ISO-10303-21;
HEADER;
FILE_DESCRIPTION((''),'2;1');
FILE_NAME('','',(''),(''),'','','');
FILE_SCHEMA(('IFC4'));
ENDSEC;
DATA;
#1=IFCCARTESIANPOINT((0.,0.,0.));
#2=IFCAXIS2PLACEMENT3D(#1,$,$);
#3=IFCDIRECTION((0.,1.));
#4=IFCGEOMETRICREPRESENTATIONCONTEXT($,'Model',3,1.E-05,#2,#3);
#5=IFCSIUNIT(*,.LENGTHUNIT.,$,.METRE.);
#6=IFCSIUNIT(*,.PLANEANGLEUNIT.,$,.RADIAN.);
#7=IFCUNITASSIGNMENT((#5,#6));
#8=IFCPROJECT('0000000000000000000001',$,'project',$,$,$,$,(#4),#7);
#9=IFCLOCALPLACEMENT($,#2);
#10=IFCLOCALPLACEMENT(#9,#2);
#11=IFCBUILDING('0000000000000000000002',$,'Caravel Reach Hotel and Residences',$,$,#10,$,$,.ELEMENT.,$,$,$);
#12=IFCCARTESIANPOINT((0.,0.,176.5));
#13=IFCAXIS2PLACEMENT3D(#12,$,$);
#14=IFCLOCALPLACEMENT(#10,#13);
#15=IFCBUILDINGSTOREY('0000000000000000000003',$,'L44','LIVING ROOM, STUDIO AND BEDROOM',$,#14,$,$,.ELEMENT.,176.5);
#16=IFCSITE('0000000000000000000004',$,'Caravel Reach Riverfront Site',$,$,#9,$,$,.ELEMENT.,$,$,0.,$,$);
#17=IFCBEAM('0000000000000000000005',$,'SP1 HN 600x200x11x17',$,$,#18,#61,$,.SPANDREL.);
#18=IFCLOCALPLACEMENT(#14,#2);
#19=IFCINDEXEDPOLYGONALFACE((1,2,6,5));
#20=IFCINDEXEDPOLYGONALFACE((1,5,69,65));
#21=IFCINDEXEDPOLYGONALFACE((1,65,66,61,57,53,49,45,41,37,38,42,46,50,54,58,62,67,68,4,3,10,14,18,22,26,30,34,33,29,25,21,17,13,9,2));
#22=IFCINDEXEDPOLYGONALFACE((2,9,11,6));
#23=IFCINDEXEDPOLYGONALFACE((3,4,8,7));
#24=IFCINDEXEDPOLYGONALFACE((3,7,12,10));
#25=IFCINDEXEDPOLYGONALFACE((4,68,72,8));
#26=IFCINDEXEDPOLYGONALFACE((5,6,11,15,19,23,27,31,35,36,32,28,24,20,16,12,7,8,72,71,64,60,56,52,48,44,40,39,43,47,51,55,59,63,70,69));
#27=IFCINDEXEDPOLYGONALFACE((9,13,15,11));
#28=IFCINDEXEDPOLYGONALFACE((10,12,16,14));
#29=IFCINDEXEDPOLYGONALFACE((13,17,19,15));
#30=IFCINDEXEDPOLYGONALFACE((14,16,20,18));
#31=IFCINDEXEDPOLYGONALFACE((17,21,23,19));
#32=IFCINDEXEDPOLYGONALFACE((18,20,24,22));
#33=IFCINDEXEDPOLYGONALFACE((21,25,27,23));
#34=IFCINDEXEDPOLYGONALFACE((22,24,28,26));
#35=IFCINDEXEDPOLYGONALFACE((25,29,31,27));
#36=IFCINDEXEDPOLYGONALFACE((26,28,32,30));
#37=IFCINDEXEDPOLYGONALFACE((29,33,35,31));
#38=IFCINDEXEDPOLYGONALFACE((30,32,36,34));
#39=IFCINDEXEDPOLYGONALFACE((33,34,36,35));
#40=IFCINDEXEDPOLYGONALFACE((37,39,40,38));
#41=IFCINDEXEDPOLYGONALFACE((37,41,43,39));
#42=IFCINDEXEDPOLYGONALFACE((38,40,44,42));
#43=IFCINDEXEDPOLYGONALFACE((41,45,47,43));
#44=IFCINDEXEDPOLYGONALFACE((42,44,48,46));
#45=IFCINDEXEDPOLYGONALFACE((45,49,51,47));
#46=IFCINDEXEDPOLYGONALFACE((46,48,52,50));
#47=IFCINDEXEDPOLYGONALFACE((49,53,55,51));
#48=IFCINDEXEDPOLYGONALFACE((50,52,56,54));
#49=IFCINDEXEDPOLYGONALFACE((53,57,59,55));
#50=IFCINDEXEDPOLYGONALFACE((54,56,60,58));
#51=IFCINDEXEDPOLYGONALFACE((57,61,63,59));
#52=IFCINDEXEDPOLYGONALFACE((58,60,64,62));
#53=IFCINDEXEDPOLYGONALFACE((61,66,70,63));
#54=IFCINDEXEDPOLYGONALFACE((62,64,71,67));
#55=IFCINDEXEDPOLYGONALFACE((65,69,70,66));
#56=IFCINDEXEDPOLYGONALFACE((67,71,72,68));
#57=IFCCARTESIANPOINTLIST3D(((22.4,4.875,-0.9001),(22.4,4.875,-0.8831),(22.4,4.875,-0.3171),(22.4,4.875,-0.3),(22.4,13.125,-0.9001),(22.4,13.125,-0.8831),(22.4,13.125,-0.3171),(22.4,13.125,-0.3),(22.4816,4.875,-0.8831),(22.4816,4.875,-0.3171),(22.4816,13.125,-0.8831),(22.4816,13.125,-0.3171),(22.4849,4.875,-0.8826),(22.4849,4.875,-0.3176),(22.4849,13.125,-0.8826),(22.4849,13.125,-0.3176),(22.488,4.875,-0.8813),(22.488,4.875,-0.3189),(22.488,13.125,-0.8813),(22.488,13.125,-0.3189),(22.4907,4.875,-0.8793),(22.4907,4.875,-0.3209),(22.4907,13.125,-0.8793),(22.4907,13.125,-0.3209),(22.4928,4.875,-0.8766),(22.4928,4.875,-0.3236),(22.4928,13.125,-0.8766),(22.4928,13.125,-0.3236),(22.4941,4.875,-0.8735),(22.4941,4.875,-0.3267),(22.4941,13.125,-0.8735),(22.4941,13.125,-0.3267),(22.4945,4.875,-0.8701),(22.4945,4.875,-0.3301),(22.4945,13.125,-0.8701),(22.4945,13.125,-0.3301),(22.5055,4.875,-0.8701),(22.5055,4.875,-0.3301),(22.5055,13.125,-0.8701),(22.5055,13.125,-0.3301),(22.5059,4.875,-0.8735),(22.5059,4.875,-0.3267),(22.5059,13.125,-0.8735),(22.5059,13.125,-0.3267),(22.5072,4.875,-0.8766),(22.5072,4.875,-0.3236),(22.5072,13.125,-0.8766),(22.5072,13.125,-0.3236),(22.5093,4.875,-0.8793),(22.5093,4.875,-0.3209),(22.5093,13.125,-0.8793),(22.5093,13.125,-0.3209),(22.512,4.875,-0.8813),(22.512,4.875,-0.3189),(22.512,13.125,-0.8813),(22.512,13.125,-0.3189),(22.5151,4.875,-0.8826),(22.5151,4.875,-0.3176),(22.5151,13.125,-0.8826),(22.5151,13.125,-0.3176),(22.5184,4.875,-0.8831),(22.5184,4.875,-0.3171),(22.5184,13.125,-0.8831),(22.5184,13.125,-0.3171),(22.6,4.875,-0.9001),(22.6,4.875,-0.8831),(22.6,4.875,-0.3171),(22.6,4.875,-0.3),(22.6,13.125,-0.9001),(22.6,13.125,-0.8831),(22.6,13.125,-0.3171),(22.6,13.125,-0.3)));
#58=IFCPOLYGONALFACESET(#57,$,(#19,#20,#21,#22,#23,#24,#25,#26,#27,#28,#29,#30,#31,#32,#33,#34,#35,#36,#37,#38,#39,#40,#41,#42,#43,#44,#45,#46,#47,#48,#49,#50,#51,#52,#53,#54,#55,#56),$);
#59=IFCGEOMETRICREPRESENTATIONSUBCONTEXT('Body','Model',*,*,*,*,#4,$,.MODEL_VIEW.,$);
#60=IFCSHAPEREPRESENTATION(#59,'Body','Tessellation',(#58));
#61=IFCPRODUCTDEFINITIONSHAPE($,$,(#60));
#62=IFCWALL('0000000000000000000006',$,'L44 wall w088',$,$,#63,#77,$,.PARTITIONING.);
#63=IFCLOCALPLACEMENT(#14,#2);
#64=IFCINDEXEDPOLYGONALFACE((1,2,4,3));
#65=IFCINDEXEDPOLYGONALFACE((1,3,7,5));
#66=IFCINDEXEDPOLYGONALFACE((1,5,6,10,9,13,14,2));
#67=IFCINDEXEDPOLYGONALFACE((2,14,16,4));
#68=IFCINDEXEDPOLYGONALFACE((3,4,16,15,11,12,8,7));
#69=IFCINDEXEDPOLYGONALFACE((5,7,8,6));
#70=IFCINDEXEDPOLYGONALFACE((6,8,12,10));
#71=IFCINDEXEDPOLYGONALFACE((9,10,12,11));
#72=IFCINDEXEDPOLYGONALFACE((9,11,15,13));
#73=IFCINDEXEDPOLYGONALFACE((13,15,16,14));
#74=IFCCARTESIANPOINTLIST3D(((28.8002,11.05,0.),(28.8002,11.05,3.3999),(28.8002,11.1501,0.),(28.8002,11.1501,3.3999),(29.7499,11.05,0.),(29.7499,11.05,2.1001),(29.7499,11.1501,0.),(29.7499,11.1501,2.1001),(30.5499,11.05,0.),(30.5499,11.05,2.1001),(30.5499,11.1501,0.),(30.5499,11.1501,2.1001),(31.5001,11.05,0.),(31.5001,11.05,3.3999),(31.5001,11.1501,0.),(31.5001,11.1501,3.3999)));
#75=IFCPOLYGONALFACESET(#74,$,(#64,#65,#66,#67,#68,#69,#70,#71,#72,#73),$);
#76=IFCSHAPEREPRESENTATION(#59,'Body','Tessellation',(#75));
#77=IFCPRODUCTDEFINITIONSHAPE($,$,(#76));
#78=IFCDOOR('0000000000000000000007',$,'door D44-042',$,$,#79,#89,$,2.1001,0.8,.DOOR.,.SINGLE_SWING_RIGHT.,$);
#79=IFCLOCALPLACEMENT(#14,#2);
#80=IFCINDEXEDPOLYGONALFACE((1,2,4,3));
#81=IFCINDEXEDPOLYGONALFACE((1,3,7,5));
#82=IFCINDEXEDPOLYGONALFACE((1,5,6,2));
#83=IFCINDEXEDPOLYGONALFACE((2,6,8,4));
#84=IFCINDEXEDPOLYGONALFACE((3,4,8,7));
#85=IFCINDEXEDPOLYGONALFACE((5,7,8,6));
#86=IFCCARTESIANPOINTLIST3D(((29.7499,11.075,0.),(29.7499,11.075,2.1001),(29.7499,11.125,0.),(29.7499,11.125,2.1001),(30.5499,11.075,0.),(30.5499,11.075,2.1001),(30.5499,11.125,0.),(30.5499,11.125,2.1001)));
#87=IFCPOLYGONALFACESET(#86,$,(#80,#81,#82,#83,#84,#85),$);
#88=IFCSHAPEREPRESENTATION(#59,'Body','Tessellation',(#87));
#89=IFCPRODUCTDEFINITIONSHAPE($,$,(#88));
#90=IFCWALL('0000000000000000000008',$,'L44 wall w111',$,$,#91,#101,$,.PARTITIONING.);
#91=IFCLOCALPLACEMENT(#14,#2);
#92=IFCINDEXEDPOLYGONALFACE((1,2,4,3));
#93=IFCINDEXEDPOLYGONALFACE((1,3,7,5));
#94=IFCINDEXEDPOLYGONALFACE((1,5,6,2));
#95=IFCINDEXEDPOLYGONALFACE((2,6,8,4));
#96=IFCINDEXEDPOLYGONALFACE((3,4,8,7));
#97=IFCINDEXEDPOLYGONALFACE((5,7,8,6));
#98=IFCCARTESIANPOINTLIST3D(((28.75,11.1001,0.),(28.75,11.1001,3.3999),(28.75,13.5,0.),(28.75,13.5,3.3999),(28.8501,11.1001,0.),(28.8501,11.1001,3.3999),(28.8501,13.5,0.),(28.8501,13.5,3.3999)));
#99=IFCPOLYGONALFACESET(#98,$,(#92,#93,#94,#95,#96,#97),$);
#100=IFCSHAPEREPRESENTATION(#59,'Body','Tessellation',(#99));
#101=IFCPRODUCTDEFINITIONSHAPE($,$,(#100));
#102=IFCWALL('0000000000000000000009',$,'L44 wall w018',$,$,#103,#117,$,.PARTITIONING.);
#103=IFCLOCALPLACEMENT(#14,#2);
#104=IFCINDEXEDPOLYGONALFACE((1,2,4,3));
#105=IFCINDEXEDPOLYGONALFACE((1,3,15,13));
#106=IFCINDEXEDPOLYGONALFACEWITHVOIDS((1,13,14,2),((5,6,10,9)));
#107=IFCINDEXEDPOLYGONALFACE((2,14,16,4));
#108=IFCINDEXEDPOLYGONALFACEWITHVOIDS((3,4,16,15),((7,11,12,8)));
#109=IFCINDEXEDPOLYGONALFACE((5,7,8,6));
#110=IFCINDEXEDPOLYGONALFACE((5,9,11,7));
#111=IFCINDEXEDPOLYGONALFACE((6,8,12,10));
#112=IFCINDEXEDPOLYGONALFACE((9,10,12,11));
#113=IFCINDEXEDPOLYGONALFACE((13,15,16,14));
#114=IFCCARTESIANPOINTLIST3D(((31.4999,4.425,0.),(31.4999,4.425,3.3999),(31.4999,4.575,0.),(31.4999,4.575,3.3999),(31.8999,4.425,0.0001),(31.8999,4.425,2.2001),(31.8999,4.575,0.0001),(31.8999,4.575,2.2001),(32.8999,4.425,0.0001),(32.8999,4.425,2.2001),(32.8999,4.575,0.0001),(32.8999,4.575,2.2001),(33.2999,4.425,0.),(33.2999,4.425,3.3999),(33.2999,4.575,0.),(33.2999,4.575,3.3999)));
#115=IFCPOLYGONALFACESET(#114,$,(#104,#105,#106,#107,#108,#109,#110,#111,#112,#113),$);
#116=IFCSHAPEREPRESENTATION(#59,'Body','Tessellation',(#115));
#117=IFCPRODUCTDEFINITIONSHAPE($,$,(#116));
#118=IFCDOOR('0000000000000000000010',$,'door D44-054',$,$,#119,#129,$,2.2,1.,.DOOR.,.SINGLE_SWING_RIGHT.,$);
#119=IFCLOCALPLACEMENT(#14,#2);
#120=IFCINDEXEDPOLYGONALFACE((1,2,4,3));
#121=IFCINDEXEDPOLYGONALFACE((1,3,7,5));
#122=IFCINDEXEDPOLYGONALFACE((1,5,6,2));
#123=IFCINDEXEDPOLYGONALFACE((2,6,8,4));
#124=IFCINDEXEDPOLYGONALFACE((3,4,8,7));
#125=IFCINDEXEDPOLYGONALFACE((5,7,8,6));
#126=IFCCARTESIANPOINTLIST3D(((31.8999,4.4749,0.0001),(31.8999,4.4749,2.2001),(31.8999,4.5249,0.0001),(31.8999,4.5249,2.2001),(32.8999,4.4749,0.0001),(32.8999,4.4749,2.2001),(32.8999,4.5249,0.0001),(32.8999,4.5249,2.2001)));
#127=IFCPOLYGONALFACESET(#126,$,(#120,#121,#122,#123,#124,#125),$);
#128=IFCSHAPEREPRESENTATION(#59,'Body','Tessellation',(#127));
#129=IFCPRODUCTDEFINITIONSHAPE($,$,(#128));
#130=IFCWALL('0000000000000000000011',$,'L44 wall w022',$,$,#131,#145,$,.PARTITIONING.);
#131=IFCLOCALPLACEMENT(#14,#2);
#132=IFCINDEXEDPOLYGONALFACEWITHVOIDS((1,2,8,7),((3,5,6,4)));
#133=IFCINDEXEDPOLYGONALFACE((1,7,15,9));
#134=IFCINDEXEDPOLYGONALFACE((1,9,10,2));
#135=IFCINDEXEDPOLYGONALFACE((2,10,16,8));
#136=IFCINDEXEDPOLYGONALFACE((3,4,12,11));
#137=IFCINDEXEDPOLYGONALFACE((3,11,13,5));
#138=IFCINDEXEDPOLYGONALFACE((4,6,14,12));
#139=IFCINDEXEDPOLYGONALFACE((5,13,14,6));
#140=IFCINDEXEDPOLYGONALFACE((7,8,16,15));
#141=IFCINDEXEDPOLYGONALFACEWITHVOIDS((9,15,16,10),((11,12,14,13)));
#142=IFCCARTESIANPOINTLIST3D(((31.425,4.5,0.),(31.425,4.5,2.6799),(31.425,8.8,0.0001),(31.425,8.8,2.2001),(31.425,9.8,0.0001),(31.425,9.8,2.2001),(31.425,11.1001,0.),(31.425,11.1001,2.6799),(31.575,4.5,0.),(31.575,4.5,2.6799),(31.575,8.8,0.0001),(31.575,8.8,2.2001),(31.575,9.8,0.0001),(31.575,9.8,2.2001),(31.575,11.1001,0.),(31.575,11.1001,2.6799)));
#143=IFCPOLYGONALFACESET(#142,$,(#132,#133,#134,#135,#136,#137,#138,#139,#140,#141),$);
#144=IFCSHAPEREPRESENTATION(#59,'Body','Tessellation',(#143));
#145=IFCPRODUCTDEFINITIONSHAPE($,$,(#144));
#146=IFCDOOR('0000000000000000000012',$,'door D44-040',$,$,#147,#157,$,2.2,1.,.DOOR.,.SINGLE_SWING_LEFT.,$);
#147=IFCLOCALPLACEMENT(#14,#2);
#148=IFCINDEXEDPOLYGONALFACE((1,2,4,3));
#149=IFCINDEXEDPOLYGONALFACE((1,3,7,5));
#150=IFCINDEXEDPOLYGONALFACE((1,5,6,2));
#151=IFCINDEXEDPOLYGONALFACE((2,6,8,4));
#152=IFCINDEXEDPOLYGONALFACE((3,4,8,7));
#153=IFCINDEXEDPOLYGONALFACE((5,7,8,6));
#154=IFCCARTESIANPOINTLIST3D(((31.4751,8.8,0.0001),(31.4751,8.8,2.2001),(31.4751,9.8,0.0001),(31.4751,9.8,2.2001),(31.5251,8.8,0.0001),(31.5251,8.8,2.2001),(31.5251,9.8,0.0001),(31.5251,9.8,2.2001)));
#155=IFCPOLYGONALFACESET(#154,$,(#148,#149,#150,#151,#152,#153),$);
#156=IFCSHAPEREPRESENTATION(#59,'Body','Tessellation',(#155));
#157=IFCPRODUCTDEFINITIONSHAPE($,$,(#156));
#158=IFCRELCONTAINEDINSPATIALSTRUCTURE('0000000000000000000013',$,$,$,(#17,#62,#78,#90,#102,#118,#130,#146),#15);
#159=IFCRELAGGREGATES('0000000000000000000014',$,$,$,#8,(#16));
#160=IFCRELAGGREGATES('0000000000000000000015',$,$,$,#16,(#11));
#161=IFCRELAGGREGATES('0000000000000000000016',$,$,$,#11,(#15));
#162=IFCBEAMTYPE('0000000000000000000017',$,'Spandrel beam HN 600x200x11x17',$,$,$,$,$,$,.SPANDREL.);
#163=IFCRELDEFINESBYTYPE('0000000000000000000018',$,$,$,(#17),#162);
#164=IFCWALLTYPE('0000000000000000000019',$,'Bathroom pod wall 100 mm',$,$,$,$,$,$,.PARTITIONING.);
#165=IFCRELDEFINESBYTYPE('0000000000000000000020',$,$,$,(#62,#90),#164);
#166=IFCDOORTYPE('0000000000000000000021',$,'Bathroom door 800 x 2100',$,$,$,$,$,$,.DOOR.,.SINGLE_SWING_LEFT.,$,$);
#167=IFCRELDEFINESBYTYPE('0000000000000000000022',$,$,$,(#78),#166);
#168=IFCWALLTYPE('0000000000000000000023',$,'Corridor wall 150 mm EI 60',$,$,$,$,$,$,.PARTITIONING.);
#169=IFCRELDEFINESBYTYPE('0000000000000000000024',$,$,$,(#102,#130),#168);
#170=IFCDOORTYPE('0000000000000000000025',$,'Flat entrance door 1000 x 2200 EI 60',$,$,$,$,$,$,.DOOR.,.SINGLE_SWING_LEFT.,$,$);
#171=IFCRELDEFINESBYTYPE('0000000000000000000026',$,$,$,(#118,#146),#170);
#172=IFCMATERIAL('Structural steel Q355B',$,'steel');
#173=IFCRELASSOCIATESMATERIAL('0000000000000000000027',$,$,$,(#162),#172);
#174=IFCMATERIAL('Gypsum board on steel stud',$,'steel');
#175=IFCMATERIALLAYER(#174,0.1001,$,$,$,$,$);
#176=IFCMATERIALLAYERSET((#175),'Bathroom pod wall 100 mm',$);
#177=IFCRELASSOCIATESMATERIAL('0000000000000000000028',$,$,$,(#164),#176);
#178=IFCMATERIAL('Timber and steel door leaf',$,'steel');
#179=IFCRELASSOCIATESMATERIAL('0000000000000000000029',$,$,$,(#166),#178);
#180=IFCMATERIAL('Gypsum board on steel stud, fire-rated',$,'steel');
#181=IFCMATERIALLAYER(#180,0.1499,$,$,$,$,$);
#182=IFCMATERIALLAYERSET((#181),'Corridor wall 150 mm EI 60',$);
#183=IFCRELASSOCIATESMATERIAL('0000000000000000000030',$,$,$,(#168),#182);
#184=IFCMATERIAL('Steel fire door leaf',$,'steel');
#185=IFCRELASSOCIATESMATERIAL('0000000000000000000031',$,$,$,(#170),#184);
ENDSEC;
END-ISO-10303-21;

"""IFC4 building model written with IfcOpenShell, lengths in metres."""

from ifc_helpers import new_model, si_unit, direction, frame, frame_2d, origin, origin_2d, place, context, subcontext, project, spatial, rectangle, i_section, extrude, material, layer, layer_set, material_profile, profile_set, type_object, element, fill, save


model = new_model("IFC4")

# Units and contexts
model_context = context("Model", 3, precision=1e-05, world=origin(), true_north=direction((0.0, 1.0)))
body_context = subcontext(model_context, "Body", "Model", "MODEL_VIEW")
ifc_project = project(units=[si_unit("LENGTHUNIT", "METRE"), si_unit("PLANEANGLEUNIT", "RADIAN")], contexts=[model_context])

# Site, building, storey
site_placement = place(None, origin())
site = spatial("IfcSite", under=ifc_project, at=site_placement, Name="Caravel Reach Riverfront Site", CompositionType="ELEMENT", RefElevation=0.0)
building_placement = place(site_placement, origin())
building = spatial("IfcBuilding", under=site, at=building_placement, Name="Caravel Reach Hotel and Residences", CompositionType="ELEMENT")
storey_placement = place(building_placement, frame((0.0, 0.0, 176.5)))
storey = spatial("IfcBuildingStorey", under=building, at=storey_placement, Name="L44", Description="LIVING ROOM, STUDIO AND BEDROOM", CompositionType="ELEMENT", Elevation=176.5)

# Beam
ifc_material_1 = material(Name="Structural steel Q355B", Category="steel")
ifc_material_profile = material_profile(ifc_material_1, i_section(OverallWidth=0.2, OverallDepth=0.6001, WebThickness=0.011, FlangeThickness=0.0171, FilletRadius=0.0129, at=origin_2d()), Name="HN 600x200x11x17")
ifc_profile_set = profile_set([ifc_material_profile], Name="Structural steel Q355B")
beam_type = type_object("IfcBeamType", Name="Spandrel beam HN 600x200x11x17", PredefinedType="SPANDREL", material=ifc_profile_set)
beam_placement = place(storey_placement, frame((22.5, 13.125, -0.6001), z_axis=(0.0, -1.0, 0.0), x_axis=(1.0, 0.0, 0.0)))
element("IfcBeam", 1, at=beam_placement, inside=storey, type_object=beam_type, Name="SP1 HN 600x200x11x17", PredefinedType="SPANDREL", context=body_context, shape_type="SweptSolid", body=[
    extrude(i_section(OverallWidth=0.2, OverallDepth=0.6001, WebThickness=0.011, FlangeThickness=0.0171, FilletRadius=0.0129, at=origin_2d()), origin(), (0.0, 0.0, 1.0), 8.25),
])

# Wall, opening, door
ifc_material_2 = material(Name="Gypsum board on steel stud", Category="steel")
ifc_layer_1 = layer(ifc_material_2, 0.1001)
ifc_layer_set_1 = layer_set([ifc_layer_1], Name="Bathroom pod wall 100 mm")
wall_type_1 = type_object("IfcWallType", Name="Bathroom pod wall 100 mm", PredefinedType="PARTITIONING", material=ifc_layer_set_1)
wall_1_placement = place(storey_placement, frame((28.8, 11.1001, 0.0), z_axis=(0.0, 0.0, 1.0), x_axis=(1.0, 0.0, 0.0)))
wall_1 = element("IfcWall", 2, at=wall_1_placement, inside=storey, type_object=wall_type_1, Name="L44 wall w088", PredefinedType="PARTITIONING", context=body_context, shape_type="SweptSolid", body=[
    extrude(rectangle(XDim=2.7, YDim=0.1001, at=frame_2d((1.3501, 0.0))), origin(), (0.0, 0.0, 1.0), 3.3999),
])
opening_1_placement = place(wall_1_placement, frame((0.95, 0.0, 0.0)))
opening_1 = element("IfcOpeningElement", 3, at=opening_1_placement, cuts=wall_1, PredefinedType="OPENING", context=body_context, shape_type="SweptSolid", body=[
    extrude(rectangle(XDim=0.8, YDim=2.1001, at=frame_2d((0.3999, 1.05))), frame((0.0, 0.0601, 0.0), z_axis=(0.0, -1.0, 0.0), x_axis=(1.0, 0.0, 0.0)), (0.0, 0.0, 1.0), 0.1201),
])
ifc_material_3 = material(Name="Timber and steel door leaf", Category="steel")
door_type_1 = type_object("IfcDoorType", Name="Bathroom door 800 x 2100", OperationType="SINGLE_SWING_LEFT", PredefinedType="DOOR", material=ifc_material_3)
door_1_placement = place(opening_1_placement, origin())
door_1 = element("IfcDoor", 4, at=door_1_placement, inside=storey, type_object=door_type_1, Name="door D44-042", OperationType="SINGLE_SWING_RIGHT", OverallHeight=2.1001, OverallWidth=0.8, PredefinedType="DOOR", context=body_context, shape_type="SweptSolid", body=[
    extrude(rectangle(XDim=0.8, YDim=2.1001, at=frame_2d((0.3999, 1.05))), frame((0.0, 0.0249, 0.0), z_axis=(0.0, -1.0, 0.0), x_axis=(1.0, 0.0, 0.0)), (0.0, 0.0, 1.0), 0.05),
])
fill(opening_1, door_1)

# Wall
wall_2_placement = place(storey_placement, frame((28.8, 11.1001, 0.0), z_axis=(0.0, 0.0, 1.0), x_axis=(0.0, 1.0, 0.0)))
element("IfcWall", 5, at=wall_2_placement, inside=storey, type_object=wall_type_1, Name="L44 wall w111", PredefinedType="PARTITIONING", context=body_context, shape_type="SweptSolid", body=[
    extrude(rectangle(XDim=2.3999, YDim=0.1001, at=frame_2d((1.2, 0.0))), origin(), (0.0, 0.0, 1.0), 3.3999),
])

# Walls, openings, doors
ifc_material_4 = material(Name="Gypsum board on steel stud, fire-rated", Category="steel")
ifc_layer_2 = layer(ifc_material_4, 0.1499)
ifc_layer_set_2 = layer_set([ifc_layer_2], Name="Corridor wall 150 mm EI 60")
wall_type_2 = type_object("IfcWallType", Name="Corridor wall 150 mm EI 60", PredefinedType="PARTITIONING", material=ifc_layer_set_2)
wall_3_placement = place(storey_placement, frame((31.5, 4.5, 0.0), z_axis=(0.0, 0.0, 1.0), x_axis=(1.0, 0.0, 0.0)))
wall_3 = element("IfcWall", 6, at=wall_3_placement, inside=storey, type_object=wall_type_2, Name="L44 wall w018", PredefinedType="PARTITIONING", context=body_context, shape_type="SweptSolid", body=[
    extrude(rectangle(XDim=1.8, YDim=0.1499, at=frame_2d((0.8999, 0.0))), origin(), (0.0, 0.0, 1.0), 3.3999),
])
opening_2_placement = place(wall_3_placement, frame((0.3999, 0.0, 0.0)))
opening_2 = element("IfcOpeningElement", 7, at=opening_2_placement, cuts=wall_3, PredefinedType="OPENING", context=body_context, shape_type="SweptSolid", body=[
    extrude(rectangle(XDim=1.0, YDim=2.2, at=frame_2d((0.5, 1.1001))), frame((0.0, 0.085, 0.0), z_axis=(0.0, -1.0, 0.0), x_axis=(1.0, 0.0, 0.0)), (0.0, 0.0, 1.0), 0.1699),
])
ifc_material_5 = material(Name="Steel fire door leaf", Category="steel")
door_type_2 = type_object("IfcDoorType", Name="Flat entrance door 1000 x 2200 EI 60", OperationType="SINGLE_SWING_LEFT", PredefinedType="DOOR", material=ifc_material_5)
door_2_placement = place(opening_2_placement, origin())
door_2 = element("IfcDoor", 8, at=door_2_placement, inside=storey, type_object=door_type_2, Name="door D44-054", OperationType="SINGLE_SWING_RIGHT", OverallHeight=2.2, OverallWidth=1.0, PredefinedType="DOOR", context=body_context, shape_type="SweptSolid", body=[
    extrude(rectangle(XDim=1.0, YDim=2.2, at=frame_2d((0.5, 1.1001))), frame((0.0, 0.0249, 0.0), z_axis=(0.0, -1.0, 0.0), x_axis=(1.0, 0.0, 0.0)), (0.0, 0.0, 1.0), 0.05),
])
fill(opening_2, door_2)
wall_4_placement = place(storey_placement, frame((31.5, 4.5, 0.0), z_axis=(0.0, 0.0, 1.0), x_axis=(0.0, 1.0, 0.0)))
wall_4 = element("IfcWall", 9, at=wall_4_placement, inside=storey, type_object=wall_type_2, Name="L44 wall w022", PredefinedType="PARTITIONING", context=body_context, shape_type="SweptSolid", body=[
    extrude(rectangle(XDim=6.6001, YDim=0.1499, at=frame_2d((3.3, 0.0))), origin(), (0.0, 0.0, 1.0), 2.6799),
])
opening_3_placement = place(wall_4_placement, frame((4.3, 0.0, 0.0)))
opening_3 = element("IfcOpeningElement", 10, at=opening_3_placement, cuts=wall_4, PredefinedType="OPENING", context=body_context, shape_type="SweptSolid", body=[
    extrude(rectangle(XDim=1.0, YDim=2.2, at=frame_2d((0.5, 1.1001))), frame((0.0, 0.085, 0.0), z_axis=(0.0, -1.0, 0.0), x_axis=(1.0, 0.0, 0.0)), (0.0, 0.0, 1.0), 0.1699),
])
door_3_placement = place(opening_3_placement, origin())
door_3 = element("IfcDoor", 11, at=door_3_placement, inside=storey, type_object=door_type_2, Name="door D44-040", OperationType="SINGLE_SWING_LEFT", OverallHeight=2.2, OverallWidth=1.0, PredefinedType="DOOR", context=body_context, shape_type="SweptSolid", body=[
    extrude(rectangle(XDim=1.0, YDim=2.2, at=frame_2d((0.5, 1.1001))), frame((0.0, 0.0249, 0.0), z_axis=(0.0, -1.0, 0.0), x_axis=(1.0, 0.0, 0.0)), (0.0, 0.0, 1.0), 0.05),
])
fill(opening_3, door_3)

save(model, "model.ifc")
